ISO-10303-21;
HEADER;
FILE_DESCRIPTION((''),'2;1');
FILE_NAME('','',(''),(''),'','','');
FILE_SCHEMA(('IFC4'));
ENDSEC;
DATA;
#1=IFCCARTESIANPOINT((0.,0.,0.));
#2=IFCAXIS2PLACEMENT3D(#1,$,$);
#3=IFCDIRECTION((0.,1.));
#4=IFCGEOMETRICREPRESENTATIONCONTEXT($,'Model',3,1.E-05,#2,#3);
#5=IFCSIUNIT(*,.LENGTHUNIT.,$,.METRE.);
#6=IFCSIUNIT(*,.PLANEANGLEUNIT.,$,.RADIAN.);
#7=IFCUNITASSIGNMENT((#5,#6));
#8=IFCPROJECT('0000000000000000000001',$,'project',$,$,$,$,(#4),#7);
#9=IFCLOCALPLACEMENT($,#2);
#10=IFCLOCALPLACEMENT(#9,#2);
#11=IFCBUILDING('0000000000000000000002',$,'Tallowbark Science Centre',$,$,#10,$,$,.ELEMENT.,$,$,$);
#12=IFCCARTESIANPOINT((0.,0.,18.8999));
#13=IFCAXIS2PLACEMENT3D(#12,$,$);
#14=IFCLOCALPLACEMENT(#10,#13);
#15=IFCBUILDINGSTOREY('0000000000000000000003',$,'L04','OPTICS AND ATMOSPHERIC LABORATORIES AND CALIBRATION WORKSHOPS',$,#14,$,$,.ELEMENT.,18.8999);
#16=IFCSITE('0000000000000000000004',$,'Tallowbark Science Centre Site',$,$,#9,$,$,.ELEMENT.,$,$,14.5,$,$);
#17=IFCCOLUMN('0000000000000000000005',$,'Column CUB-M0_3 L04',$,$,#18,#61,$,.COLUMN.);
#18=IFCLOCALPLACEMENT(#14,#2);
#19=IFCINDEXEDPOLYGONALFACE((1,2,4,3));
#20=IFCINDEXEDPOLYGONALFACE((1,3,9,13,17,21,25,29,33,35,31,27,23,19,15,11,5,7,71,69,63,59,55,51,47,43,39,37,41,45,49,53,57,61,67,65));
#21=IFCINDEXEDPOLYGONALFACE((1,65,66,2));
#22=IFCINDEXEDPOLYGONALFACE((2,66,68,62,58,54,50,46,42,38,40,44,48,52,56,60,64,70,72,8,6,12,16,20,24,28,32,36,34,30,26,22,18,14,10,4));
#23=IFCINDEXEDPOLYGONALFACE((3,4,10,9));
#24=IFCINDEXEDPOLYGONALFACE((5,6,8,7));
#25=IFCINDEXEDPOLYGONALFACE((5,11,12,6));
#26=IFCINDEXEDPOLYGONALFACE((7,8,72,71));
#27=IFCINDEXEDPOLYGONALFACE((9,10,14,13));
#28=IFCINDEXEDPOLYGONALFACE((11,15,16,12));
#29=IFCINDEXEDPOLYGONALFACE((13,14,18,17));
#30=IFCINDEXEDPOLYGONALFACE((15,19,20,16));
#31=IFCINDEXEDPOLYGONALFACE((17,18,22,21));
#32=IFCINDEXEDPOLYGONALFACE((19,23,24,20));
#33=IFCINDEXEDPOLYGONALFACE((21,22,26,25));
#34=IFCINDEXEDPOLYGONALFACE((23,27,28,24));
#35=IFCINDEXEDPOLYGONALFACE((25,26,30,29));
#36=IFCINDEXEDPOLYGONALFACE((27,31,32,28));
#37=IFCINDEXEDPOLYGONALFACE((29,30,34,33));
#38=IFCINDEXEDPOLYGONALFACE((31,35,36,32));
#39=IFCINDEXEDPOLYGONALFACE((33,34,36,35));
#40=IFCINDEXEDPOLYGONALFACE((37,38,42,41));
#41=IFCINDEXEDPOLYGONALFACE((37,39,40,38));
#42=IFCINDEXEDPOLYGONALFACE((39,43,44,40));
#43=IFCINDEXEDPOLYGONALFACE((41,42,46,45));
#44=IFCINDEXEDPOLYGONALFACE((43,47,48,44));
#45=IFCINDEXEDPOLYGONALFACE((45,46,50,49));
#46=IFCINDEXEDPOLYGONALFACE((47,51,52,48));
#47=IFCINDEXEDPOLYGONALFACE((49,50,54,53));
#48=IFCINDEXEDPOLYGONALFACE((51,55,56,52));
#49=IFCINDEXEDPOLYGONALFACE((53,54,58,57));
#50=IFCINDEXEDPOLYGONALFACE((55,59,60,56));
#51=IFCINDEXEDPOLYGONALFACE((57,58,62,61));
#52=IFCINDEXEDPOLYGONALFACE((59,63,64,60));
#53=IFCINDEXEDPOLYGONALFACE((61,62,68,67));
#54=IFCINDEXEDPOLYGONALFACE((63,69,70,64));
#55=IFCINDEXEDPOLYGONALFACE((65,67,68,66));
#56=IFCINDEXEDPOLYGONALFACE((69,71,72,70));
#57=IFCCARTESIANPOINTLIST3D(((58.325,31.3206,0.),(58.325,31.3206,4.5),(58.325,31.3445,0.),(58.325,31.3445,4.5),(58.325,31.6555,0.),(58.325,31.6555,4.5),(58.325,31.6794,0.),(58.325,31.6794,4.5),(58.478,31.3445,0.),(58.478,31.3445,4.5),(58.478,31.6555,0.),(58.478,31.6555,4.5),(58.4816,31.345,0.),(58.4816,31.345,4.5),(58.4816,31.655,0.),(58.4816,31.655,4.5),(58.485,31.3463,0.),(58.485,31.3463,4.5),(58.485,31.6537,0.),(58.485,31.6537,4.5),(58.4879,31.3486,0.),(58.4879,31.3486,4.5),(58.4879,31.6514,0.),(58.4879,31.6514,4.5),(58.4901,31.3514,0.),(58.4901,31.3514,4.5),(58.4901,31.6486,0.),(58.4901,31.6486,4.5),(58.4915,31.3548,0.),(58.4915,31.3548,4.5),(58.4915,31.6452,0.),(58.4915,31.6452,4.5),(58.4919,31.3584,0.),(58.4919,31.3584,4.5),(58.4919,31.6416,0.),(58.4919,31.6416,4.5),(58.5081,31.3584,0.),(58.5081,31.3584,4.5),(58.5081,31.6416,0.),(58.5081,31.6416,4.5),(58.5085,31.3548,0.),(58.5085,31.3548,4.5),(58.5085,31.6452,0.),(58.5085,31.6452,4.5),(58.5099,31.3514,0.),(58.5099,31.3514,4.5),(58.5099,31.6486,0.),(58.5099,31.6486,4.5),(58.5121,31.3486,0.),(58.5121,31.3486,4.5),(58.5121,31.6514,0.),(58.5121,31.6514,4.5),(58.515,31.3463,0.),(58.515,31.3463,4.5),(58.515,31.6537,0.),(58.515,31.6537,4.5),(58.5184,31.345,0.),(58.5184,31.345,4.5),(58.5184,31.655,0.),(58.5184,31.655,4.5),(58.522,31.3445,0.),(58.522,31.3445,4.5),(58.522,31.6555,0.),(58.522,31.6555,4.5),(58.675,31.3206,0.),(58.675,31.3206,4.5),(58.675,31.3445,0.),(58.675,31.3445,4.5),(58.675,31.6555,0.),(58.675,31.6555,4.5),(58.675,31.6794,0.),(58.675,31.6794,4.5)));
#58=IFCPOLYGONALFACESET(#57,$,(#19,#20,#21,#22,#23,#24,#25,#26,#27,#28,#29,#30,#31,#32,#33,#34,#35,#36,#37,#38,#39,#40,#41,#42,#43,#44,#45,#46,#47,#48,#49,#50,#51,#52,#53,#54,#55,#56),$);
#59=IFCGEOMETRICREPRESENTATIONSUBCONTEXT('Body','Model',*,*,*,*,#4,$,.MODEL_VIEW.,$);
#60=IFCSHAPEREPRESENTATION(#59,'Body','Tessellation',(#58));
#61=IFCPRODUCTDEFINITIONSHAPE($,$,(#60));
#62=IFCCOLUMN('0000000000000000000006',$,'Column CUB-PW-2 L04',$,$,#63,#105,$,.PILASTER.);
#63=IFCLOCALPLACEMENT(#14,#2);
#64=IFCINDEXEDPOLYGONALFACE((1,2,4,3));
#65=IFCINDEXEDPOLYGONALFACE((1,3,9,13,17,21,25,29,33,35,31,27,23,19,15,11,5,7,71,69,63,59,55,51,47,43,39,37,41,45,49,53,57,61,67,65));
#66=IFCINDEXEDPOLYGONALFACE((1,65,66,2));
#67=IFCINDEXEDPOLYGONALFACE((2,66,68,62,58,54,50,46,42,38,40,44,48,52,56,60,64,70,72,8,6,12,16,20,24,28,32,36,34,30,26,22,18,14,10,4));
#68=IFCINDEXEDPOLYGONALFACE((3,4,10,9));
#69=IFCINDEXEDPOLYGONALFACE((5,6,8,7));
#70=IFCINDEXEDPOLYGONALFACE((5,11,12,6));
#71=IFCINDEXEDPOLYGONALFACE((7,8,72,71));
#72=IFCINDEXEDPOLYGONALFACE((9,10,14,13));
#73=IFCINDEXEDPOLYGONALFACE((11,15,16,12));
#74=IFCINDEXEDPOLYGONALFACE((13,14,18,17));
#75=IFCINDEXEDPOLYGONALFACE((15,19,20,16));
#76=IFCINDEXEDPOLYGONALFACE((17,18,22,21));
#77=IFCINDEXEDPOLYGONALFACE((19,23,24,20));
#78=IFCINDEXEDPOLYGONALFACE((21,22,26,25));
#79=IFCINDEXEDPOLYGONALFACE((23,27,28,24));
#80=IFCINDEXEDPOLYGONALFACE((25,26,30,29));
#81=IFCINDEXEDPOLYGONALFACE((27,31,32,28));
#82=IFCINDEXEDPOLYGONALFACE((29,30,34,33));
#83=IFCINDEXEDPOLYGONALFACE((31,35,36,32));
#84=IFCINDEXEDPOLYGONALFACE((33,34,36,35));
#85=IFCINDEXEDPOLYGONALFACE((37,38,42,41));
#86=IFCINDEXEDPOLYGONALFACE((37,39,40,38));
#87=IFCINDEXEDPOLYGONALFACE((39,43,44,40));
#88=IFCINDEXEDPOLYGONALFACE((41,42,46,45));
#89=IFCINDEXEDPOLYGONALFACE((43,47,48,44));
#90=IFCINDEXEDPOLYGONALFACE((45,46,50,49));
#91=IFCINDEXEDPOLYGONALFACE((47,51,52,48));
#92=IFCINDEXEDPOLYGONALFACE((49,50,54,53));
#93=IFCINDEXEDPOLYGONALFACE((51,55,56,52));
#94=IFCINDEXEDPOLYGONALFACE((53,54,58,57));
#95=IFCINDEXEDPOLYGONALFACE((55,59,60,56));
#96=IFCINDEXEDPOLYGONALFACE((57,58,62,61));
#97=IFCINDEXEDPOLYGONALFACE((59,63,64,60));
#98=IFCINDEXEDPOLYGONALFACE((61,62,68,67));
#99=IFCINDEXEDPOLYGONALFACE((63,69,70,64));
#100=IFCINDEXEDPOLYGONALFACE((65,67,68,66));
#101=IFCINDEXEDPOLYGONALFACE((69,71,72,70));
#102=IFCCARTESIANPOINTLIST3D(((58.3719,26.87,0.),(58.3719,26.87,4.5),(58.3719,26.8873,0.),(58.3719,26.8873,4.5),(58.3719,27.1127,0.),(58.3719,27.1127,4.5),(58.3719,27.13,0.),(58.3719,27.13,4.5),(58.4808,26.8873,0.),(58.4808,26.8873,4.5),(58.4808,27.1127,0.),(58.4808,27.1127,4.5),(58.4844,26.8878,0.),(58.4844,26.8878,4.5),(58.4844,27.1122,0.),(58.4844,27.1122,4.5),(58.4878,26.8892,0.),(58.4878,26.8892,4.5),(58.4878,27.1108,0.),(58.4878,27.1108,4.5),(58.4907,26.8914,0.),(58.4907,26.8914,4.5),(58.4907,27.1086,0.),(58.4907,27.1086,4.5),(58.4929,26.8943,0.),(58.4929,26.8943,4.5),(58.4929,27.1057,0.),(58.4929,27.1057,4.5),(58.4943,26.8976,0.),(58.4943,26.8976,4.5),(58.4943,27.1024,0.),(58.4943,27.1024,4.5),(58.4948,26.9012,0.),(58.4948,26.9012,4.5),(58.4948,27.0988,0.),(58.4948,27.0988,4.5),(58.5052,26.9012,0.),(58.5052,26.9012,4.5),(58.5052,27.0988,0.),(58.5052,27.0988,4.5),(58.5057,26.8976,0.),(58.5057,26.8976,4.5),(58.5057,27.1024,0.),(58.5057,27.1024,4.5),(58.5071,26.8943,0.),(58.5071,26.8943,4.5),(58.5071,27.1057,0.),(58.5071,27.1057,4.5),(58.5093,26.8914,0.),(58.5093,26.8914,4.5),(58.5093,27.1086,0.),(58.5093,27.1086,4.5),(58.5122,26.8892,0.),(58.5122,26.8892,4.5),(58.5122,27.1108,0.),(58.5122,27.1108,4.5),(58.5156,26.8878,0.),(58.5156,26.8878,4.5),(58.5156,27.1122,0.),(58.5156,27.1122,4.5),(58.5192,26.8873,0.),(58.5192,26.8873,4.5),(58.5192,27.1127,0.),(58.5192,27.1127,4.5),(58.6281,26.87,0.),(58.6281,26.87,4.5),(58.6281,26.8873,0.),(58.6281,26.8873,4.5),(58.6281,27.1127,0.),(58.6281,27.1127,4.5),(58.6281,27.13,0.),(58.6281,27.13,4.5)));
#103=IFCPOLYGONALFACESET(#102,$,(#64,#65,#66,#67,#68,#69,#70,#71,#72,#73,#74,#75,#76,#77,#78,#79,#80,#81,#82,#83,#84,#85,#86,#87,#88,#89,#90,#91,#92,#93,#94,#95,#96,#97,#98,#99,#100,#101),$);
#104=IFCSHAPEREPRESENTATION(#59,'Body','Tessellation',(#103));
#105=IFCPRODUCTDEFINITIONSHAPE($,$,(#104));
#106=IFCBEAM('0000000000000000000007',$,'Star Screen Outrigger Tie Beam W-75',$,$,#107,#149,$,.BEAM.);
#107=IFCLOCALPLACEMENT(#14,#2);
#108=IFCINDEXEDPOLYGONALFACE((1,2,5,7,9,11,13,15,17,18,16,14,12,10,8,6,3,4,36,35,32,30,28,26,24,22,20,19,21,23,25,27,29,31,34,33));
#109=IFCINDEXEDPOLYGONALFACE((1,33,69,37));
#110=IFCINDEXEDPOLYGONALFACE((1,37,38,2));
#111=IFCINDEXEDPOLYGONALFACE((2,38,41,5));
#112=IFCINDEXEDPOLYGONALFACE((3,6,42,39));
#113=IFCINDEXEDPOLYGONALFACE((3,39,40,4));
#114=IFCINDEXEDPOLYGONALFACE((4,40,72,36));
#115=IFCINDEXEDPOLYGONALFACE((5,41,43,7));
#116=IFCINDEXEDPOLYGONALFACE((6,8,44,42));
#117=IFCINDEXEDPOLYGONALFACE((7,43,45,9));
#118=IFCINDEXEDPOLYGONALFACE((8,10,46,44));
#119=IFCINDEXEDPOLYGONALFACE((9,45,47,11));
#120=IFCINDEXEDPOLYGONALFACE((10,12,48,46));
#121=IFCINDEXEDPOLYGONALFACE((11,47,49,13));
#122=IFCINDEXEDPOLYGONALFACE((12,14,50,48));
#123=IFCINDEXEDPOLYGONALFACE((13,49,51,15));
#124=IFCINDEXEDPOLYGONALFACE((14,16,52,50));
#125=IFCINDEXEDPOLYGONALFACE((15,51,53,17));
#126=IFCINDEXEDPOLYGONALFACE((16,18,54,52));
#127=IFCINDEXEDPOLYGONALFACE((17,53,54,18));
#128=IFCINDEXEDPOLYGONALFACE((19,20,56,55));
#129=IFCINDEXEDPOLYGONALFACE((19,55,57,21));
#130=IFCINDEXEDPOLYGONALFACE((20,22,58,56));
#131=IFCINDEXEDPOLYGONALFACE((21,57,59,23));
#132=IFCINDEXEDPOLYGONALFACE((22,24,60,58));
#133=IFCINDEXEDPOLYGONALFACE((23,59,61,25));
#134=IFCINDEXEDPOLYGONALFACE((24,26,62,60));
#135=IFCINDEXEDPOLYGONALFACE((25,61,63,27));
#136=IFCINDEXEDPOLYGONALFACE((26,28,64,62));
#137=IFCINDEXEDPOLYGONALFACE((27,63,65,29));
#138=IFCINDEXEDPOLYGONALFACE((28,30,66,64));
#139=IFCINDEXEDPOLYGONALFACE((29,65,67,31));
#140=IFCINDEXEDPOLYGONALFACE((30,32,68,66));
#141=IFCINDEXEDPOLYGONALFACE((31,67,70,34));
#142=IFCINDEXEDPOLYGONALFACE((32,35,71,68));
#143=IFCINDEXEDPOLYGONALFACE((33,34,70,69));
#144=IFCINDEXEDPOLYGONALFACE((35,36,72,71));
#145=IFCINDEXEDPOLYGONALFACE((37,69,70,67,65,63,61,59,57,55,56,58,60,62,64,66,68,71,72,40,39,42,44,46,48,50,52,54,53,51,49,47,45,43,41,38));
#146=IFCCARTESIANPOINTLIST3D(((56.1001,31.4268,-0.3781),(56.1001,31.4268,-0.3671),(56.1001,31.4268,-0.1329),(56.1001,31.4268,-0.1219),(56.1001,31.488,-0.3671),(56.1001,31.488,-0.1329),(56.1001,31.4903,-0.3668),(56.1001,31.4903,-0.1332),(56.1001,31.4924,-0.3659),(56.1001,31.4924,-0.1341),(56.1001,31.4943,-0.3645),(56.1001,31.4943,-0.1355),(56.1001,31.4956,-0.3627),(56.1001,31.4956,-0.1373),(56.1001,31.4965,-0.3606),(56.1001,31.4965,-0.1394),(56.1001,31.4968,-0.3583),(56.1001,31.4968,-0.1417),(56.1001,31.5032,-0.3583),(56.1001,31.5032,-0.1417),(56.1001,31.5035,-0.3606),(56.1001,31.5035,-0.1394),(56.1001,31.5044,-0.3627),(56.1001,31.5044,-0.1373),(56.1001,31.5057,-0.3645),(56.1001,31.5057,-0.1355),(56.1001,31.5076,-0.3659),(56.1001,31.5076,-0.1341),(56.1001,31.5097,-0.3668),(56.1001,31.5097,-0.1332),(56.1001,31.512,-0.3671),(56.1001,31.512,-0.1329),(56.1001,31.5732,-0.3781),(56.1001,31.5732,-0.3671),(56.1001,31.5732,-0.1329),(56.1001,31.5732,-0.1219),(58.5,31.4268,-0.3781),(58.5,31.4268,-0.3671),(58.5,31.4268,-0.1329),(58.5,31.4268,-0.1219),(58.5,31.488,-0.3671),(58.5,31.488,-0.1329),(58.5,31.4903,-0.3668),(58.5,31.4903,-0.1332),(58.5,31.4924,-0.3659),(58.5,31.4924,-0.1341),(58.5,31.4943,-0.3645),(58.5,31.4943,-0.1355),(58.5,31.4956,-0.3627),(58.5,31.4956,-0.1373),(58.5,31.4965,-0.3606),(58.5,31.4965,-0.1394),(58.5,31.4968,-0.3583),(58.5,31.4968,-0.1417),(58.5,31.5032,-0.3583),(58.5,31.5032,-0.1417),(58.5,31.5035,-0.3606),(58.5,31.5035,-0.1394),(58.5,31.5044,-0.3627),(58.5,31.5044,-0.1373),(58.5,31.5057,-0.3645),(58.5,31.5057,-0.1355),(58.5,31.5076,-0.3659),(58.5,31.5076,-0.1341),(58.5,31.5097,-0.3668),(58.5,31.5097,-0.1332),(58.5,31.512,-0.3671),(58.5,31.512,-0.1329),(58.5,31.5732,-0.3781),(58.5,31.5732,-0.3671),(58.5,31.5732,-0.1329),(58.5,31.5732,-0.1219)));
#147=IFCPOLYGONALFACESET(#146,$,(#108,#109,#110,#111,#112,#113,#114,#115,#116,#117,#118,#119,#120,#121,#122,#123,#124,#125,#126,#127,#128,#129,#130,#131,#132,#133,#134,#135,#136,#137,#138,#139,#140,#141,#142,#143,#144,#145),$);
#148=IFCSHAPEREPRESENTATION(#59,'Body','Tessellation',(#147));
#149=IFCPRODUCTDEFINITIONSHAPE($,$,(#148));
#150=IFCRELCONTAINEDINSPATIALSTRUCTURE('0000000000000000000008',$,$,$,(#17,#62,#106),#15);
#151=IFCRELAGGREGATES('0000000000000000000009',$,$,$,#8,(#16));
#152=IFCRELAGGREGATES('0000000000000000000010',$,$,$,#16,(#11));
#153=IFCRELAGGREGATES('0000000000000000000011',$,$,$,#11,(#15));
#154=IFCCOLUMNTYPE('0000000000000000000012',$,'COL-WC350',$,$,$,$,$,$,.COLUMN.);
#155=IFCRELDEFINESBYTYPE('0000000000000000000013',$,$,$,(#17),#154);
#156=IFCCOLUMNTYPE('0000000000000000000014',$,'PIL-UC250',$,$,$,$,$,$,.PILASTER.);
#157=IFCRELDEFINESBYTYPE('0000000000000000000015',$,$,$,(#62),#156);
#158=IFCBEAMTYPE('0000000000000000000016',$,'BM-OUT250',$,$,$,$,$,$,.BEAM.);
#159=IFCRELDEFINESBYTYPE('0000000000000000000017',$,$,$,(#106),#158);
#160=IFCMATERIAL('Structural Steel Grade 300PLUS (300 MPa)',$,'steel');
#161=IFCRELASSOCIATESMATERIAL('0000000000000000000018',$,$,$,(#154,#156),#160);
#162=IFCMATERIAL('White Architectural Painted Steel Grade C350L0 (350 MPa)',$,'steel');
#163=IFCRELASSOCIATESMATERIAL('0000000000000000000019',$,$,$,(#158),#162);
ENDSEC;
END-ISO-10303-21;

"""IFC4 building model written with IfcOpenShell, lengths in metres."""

from ifc_helpers import new_model, si_unit, direction, frame, origin, origin_2d, place, context, subcontext, project, spatial, i_section, extrude, material, material_profile, profile_set, type_object, element, save


model = new_model("IFC4")

# Units and contexts
model_context = context("Model", 3, precision=1e-05, world=origin(), true_north=direction((0.0, 1.0)))
body_context = subcontext(model_context, "Body", "Model", "MODEL_VIEW")
ifc_project = project(units=[si_unit("LENGTHUNIT", "METRE"), si_unit("PLANEANGLEUNIT", "RADIAN")], contexts=[model_context])

# Site, building, storey
site_placement = place(None, origin())
site = spatial("IfcSite", under=ifc_project, at=site_placement, Name="Tallowbark Science Centre Site", CompositionType="ELEMENT", RefElevation=14.5)
building_placement = place(site_placement, origin())
building = spatial("IfcBuilding", under=site, at=building_placement, Name="Tallowbark Science Centre", CompositionType="ELEMENT")
storey_placement = place(building_placement, frame((0.0, 0.0, 18.8999)))
storey = spatial("IfcBuildingStorey", under=building, at=storey_placement, Name="L04", Description="OPTICS AND ATMOSPHERIC LABORATORIES AND CALIBRATION WORKSHOPS", CompositionType="ELEMENT", Elevation=18.8999)

# Columns
ifc_material_1 = material(Name="Structural Steel Grade 300PLUS (300 MPa)", Category="steel")
ifc_material_profile_1 = material_profile(ifc_material_1, i_section(OverallWidth=0.3501, OverallDepth=0.3589, WebThickness=0.0161, FlangeThickness=0.0239, FilletRadius=0.0139, at=origin_2d()), Name="350WC197")
ifc_profile_set_1 = profile_set([ifc_material_profile_1], Name="Structural Steel Grade 300PLUS (300 MPa)")
column_type_1 = type_object("IfcColumnType", Name="COL-WC350", PredefinedType="COLUMN", material=ifc_profile_set_1)
column_1_placement = place(storey_placement, frame((58.5, 31.5, 0.0), z_axis=(0.0, 0.0, 1.0), x_axis=(1.0, 0.0, 0.0)))
element("IfcColumn", 1, at=column_1_placement, inside=storey, type_object=column_type_1, Name="Column CUB-M0_3 L04", PredefinedType="COLUMN", context=body_context, shape_type="SweptSolid", body=[
    extrude(i_section(OverallWidth=0.3501, OverallDepth=0.3589, WebThickness=0.0161, FlangeThickness=0.0239, FilletRadius=0.0139, at=origin_2d()), origin(), (0.0, 0.0, 1.0), 4.5),
])
ifc_material_profile_2 = material_profile(ifc_material_1, i_section(OverallWidth=0.2561, OverallDepth=0.26, WebThickness=0.0105, FlangeThickness=0.0173, FilletRadius=0.0139, at=origin_2d()), Name="250UC89.5")
ifc_profile_set_2 = profile_set([ifc_material_profile_2], Name="Structural Steel Grade 300PLUS (300 MPa)")
column_type_2 = type_object("IfcColumnType", Name="PIL-UC250", PredefinedType="PILASTER", material=ifc_profile_set_2)
column_2_placement = place(storey_placement, frame((58.5, 27.0, 0.0), z_axis=(0.0, 0.0, 1.0), x_axis=(1.0, 0.0, 0.0)))
element("IfcColumn", 2, at=column_2_placement, inside=storey, type_object=column_type_2, Name="Column CUB-PW-2 L04", PredefinedType="PILASTER", context=body_context, shape_type="SweptSolid", body=[
    extrude(i_section(OverallWidth=0.2561, OverallDepth=0.26, WebThickness=0.0105, FlangeThickness=0.0173, FilletRadius=0.0139, at=origin_2d()), origin(), (0.0, 0.0, 1.0), 4.5),
])

# Beam
ifc_material_2 = material(Name="White Architectural Painted Steel Grade C350L0 (350 MPa)", Category="steel")
ifc_material_profile_3 = material_profile(ifc_material_2, i_section(OverallWidth=0.1465, OverallDepth=0.2561, WebThickness=0.0063, FlangeThickness=0.011, FilletRadius=0.0088, at=origin_2d()), Name="250UB37.3")
ifc_profile_set_3 = profile_set([ifc_material_profile_3], Name="White Architectural Painted Steel Grade C350L0 (350 MPa)")
beam_type_1 = type_object("IfcBeamType", Name="BM-OUT250", PredefinedType="BEAM", material=ifc_profile_set_3)
beam_1_placement = place(storey_placement, frame((58.5, 31.5, -0.25), z_axis=(-1.0, 0.0, 0.0), x_axis=(0.0, -1.0, 0.0)))
element("IfcBeam", 3, at=beam_1_placement, inside=storey, type_object=beam_type_1, Name="Star Screen Outrigger Tie Beam W-75", PredefinedType="BEAM", context=body_context, shape_type="SweptSolid", body=[
    extrude(i_section(OverallWidth=0.1465, OverallDepth=0.2561, WebThickness=0.0063, FlangeThickness=0.011, FilletRadius=0.0088, at=origin_2d()), origin(), (0.0, 0.0, 1.0), 2.3999),
])

save(model, "model.ifc")
